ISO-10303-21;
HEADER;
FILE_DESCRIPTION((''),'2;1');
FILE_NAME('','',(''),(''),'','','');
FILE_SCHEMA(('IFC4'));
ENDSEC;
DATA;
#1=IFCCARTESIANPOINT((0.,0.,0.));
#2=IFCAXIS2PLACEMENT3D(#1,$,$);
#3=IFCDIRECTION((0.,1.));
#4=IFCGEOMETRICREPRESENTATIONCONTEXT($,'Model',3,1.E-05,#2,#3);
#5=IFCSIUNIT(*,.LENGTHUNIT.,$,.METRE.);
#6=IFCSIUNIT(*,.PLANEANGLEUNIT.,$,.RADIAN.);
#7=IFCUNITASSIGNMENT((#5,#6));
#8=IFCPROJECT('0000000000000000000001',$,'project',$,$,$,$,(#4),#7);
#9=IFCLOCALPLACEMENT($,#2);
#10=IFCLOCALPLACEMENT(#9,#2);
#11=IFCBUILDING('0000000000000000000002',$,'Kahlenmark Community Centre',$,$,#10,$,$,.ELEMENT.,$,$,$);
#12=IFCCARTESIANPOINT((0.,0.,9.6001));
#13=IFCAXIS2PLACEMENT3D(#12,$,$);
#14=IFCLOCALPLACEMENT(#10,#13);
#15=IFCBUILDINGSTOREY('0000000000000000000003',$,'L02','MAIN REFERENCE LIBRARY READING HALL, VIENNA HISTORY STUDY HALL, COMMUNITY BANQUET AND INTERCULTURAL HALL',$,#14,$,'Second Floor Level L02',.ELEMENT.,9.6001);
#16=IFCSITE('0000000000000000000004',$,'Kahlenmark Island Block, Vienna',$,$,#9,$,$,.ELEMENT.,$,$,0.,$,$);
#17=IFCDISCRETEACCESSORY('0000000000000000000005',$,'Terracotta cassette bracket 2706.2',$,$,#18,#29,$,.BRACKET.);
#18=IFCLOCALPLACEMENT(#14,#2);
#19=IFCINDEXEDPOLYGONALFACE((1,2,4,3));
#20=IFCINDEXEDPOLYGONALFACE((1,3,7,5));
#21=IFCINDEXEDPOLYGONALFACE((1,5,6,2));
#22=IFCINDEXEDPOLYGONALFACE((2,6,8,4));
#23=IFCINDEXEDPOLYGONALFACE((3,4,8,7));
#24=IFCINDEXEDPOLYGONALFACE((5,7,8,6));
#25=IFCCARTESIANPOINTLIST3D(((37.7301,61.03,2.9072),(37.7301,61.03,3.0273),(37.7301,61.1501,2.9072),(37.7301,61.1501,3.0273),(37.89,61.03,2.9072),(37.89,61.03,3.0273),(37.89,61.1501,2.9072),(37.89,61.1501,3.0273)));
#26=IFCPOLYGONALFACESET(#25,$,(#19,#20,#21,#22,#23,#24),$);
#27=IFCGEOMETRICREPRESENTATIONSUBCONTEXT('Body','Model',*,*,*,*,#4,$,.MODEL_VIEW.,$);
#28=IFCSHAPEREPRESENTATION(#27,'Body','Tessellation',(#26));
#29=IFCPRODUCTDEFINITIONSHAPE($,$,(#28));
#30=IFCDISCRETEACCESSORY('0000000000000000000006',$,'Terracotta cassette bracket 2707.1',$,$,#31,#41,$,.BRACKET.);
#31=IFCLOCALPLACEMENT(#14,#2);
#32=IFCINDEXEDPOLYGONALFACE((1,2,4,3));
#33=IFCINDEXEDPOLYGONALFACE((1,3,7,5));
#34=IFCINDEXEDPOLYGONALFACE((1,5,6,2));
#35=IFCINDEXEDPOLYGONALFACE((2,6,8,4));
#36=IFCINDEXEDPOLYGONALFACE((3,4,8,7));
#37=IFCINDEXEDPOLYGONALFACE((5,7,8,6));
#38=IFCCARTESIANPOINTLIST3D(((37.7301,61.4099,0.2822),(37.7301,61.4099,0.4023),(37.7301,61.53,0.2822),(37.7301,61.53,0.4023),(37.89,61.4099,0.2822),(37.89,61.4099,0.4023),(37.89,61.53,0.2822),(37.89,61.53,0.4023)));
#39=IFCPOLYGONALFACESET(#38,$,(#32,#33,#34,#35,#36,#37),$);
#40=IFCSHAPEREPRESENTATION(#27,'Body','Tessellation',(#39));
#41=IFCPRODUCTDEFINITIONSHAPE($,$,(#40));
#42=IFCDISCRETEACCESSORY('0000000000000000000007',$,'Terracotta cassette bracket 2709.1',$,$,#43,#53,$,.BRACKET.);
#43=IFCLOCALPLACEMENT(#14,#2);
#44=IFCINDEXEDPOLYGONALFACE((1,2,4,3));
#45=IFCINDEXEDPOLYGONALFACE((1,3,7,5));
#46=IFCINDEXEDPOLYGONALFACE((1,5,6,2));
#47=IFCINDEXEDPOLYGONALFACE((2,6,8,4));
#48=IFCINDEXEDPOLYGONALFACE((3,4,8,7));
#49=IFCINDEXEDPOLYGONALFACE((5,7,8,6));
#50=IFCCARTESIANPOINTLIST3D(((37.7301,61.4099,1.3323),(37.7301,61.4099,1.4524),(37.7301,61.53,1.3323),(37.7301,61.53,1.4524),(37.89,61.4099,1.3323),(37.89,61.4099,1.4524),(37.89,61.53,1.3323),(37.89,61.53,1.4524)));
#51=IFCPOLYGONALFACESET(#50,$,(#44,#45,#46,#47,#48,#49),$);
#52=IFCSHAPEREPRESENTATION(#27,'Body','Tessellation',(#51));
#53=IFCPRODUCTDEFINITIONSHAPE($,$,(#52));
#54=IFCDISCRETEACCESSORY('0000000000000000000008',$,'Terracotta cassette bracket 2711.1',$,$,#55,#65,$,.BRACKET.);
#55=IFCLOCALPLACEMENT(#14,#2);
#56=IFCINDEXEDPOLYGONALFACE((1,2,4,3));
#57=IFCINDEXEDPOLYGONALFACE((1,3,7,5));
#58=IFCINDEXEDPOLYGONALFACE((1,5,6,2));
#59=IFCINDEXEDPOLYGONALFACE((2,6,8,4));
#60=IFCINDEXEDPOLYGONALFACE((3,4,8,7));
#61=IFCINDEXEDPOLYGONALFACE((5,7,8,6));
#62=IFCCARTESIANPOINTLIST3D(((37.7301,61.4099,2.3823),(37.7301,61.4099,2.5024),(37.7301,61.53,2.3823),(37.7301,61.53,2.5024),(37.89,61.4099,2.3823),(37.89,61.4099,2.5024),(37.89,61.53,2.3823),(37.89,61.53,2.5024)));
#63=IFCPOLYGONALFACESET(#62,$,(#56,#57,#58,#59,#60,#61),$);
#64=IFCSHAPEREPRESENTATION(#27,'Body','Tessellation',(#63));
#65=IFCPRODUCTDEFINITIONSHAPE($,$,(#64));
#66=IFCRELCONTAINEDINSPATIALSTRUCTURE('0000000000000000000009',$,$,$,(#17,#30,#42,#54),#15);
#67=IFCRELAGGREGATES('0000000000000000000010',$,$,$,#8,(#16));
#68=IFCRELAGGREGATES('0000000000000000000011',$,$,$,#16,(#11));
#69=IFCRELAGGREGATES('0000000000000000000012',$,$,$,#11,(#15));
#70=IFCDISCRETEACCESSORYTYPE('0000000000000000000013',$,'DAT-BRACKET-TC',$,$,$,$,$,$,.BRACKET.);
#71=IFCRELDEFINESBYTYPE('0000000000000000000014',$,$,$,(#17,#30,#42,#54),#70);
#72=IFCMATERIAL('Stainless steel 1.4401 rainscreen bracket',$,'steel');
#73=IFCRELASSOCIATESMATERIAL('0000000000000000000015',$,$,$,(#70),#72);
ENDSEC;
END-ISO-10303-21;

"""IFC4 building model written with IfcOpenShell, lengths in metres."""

from ifc_helpers import new_model, si_unit, direction, frame, origin, origin_2d, place, context, subcontext, project, spatial, rectangle, extrude, material, type_object, element, save


model = new_model("IFC4")

# Units and contexts
model_context = context("Model", 3, precision=1e-05, world=origin(), true_north=direction((0.0, 1.0)))
body_context = subcontext(model_context, "Body", "Model", "MODEL_VIEW")
ifc_project = project(units=[si_unit("LENGTHUNIT", "METRE"), si_unit("PLANEANGLEUNIT", "RADIAN")], contexts=[model_context])

# Site, building, storey
site_placement = place(None, origin())
site = spatial("IfcSite", under=ifc_project, at=site_placement, Name="Kahlenmark Island Block, Vienna", CompositionType="ELEMENT", RefElevation=0.0)
building_placement = place(site_placement, origin())
building = spatial("IfcBuilding", under=site, at=building_placement, Name="Kahlenmark Community Centre", CompositionType="ELEMENT")
storey_placement = place(building_placement, frame((0.0, 0.0, 9.6001)))
storey = spatial("IfcBuildingStorey", under=building, at=storey_placement, Name="L02", Description="MAIN REFERENCE LIBRARY READING HALL, VIENNA HISTORY STUDY HALL, COMMUNITY BANQUET AND INTERCULTURAL HALL", LongName="Second Floor Level L02", CompositionType="ELEMENT", Elevation=9.6001)

# Discrete accessories
ifc_material_1 = material(Name="Stainless steel 1.4401 rainscreen bracket", Category="steel")
discrete_accessory_type = type_object("IfcDiscreteAccessoryType", Name="DAT-BRACKET-TC", PredefinedType="BRACKET", material=ifc_material_1)
for number, where, z_axis, x_axis, name in (
    (1, (37.8101, 61.0901, 2.9072), (0.0, 0.0, 1.0), (0.0, 1.0, 0.0), "Terracotta cassette bracket 2706.2"),
    (2, (37.8101, 61.47, 0.2822), (0.0, 0.0, 1.0), (0.0, 1.0, 0.0), "Terracotta cassette bracket 2707.1"),
    (3, (37.8101, 61.47, 1.3323), (0.0, 0.0, 1.0), (0.0, 1.0, 0.0), "Terracotta cassette bracket 2709.1"),
    (4, (37.8101, 61.47, 2.3823), (0.0, 0.0, 1.0), (0.0, 1.0, 0.0), "Terracotta cassette bracket 2711.1"),
):
    element("IfcDiscreteAccessory", number, at=place(storey_placement, frame(where, z_axis=z_axis, x_axis=x_axis)), inside=storey, type_object=discrete_accessory_type, Name=name, PredefinedType="BRACKET", context=body_context, shape_type="SweptSolid", body=[
        extrude(rectangle(XDim=0.1201, YDim=0.1599, at=origin_2d()), origin(), (0.0, 0.0, 1.0), 0.1201),
    ])

save(model, "model.ifc")
